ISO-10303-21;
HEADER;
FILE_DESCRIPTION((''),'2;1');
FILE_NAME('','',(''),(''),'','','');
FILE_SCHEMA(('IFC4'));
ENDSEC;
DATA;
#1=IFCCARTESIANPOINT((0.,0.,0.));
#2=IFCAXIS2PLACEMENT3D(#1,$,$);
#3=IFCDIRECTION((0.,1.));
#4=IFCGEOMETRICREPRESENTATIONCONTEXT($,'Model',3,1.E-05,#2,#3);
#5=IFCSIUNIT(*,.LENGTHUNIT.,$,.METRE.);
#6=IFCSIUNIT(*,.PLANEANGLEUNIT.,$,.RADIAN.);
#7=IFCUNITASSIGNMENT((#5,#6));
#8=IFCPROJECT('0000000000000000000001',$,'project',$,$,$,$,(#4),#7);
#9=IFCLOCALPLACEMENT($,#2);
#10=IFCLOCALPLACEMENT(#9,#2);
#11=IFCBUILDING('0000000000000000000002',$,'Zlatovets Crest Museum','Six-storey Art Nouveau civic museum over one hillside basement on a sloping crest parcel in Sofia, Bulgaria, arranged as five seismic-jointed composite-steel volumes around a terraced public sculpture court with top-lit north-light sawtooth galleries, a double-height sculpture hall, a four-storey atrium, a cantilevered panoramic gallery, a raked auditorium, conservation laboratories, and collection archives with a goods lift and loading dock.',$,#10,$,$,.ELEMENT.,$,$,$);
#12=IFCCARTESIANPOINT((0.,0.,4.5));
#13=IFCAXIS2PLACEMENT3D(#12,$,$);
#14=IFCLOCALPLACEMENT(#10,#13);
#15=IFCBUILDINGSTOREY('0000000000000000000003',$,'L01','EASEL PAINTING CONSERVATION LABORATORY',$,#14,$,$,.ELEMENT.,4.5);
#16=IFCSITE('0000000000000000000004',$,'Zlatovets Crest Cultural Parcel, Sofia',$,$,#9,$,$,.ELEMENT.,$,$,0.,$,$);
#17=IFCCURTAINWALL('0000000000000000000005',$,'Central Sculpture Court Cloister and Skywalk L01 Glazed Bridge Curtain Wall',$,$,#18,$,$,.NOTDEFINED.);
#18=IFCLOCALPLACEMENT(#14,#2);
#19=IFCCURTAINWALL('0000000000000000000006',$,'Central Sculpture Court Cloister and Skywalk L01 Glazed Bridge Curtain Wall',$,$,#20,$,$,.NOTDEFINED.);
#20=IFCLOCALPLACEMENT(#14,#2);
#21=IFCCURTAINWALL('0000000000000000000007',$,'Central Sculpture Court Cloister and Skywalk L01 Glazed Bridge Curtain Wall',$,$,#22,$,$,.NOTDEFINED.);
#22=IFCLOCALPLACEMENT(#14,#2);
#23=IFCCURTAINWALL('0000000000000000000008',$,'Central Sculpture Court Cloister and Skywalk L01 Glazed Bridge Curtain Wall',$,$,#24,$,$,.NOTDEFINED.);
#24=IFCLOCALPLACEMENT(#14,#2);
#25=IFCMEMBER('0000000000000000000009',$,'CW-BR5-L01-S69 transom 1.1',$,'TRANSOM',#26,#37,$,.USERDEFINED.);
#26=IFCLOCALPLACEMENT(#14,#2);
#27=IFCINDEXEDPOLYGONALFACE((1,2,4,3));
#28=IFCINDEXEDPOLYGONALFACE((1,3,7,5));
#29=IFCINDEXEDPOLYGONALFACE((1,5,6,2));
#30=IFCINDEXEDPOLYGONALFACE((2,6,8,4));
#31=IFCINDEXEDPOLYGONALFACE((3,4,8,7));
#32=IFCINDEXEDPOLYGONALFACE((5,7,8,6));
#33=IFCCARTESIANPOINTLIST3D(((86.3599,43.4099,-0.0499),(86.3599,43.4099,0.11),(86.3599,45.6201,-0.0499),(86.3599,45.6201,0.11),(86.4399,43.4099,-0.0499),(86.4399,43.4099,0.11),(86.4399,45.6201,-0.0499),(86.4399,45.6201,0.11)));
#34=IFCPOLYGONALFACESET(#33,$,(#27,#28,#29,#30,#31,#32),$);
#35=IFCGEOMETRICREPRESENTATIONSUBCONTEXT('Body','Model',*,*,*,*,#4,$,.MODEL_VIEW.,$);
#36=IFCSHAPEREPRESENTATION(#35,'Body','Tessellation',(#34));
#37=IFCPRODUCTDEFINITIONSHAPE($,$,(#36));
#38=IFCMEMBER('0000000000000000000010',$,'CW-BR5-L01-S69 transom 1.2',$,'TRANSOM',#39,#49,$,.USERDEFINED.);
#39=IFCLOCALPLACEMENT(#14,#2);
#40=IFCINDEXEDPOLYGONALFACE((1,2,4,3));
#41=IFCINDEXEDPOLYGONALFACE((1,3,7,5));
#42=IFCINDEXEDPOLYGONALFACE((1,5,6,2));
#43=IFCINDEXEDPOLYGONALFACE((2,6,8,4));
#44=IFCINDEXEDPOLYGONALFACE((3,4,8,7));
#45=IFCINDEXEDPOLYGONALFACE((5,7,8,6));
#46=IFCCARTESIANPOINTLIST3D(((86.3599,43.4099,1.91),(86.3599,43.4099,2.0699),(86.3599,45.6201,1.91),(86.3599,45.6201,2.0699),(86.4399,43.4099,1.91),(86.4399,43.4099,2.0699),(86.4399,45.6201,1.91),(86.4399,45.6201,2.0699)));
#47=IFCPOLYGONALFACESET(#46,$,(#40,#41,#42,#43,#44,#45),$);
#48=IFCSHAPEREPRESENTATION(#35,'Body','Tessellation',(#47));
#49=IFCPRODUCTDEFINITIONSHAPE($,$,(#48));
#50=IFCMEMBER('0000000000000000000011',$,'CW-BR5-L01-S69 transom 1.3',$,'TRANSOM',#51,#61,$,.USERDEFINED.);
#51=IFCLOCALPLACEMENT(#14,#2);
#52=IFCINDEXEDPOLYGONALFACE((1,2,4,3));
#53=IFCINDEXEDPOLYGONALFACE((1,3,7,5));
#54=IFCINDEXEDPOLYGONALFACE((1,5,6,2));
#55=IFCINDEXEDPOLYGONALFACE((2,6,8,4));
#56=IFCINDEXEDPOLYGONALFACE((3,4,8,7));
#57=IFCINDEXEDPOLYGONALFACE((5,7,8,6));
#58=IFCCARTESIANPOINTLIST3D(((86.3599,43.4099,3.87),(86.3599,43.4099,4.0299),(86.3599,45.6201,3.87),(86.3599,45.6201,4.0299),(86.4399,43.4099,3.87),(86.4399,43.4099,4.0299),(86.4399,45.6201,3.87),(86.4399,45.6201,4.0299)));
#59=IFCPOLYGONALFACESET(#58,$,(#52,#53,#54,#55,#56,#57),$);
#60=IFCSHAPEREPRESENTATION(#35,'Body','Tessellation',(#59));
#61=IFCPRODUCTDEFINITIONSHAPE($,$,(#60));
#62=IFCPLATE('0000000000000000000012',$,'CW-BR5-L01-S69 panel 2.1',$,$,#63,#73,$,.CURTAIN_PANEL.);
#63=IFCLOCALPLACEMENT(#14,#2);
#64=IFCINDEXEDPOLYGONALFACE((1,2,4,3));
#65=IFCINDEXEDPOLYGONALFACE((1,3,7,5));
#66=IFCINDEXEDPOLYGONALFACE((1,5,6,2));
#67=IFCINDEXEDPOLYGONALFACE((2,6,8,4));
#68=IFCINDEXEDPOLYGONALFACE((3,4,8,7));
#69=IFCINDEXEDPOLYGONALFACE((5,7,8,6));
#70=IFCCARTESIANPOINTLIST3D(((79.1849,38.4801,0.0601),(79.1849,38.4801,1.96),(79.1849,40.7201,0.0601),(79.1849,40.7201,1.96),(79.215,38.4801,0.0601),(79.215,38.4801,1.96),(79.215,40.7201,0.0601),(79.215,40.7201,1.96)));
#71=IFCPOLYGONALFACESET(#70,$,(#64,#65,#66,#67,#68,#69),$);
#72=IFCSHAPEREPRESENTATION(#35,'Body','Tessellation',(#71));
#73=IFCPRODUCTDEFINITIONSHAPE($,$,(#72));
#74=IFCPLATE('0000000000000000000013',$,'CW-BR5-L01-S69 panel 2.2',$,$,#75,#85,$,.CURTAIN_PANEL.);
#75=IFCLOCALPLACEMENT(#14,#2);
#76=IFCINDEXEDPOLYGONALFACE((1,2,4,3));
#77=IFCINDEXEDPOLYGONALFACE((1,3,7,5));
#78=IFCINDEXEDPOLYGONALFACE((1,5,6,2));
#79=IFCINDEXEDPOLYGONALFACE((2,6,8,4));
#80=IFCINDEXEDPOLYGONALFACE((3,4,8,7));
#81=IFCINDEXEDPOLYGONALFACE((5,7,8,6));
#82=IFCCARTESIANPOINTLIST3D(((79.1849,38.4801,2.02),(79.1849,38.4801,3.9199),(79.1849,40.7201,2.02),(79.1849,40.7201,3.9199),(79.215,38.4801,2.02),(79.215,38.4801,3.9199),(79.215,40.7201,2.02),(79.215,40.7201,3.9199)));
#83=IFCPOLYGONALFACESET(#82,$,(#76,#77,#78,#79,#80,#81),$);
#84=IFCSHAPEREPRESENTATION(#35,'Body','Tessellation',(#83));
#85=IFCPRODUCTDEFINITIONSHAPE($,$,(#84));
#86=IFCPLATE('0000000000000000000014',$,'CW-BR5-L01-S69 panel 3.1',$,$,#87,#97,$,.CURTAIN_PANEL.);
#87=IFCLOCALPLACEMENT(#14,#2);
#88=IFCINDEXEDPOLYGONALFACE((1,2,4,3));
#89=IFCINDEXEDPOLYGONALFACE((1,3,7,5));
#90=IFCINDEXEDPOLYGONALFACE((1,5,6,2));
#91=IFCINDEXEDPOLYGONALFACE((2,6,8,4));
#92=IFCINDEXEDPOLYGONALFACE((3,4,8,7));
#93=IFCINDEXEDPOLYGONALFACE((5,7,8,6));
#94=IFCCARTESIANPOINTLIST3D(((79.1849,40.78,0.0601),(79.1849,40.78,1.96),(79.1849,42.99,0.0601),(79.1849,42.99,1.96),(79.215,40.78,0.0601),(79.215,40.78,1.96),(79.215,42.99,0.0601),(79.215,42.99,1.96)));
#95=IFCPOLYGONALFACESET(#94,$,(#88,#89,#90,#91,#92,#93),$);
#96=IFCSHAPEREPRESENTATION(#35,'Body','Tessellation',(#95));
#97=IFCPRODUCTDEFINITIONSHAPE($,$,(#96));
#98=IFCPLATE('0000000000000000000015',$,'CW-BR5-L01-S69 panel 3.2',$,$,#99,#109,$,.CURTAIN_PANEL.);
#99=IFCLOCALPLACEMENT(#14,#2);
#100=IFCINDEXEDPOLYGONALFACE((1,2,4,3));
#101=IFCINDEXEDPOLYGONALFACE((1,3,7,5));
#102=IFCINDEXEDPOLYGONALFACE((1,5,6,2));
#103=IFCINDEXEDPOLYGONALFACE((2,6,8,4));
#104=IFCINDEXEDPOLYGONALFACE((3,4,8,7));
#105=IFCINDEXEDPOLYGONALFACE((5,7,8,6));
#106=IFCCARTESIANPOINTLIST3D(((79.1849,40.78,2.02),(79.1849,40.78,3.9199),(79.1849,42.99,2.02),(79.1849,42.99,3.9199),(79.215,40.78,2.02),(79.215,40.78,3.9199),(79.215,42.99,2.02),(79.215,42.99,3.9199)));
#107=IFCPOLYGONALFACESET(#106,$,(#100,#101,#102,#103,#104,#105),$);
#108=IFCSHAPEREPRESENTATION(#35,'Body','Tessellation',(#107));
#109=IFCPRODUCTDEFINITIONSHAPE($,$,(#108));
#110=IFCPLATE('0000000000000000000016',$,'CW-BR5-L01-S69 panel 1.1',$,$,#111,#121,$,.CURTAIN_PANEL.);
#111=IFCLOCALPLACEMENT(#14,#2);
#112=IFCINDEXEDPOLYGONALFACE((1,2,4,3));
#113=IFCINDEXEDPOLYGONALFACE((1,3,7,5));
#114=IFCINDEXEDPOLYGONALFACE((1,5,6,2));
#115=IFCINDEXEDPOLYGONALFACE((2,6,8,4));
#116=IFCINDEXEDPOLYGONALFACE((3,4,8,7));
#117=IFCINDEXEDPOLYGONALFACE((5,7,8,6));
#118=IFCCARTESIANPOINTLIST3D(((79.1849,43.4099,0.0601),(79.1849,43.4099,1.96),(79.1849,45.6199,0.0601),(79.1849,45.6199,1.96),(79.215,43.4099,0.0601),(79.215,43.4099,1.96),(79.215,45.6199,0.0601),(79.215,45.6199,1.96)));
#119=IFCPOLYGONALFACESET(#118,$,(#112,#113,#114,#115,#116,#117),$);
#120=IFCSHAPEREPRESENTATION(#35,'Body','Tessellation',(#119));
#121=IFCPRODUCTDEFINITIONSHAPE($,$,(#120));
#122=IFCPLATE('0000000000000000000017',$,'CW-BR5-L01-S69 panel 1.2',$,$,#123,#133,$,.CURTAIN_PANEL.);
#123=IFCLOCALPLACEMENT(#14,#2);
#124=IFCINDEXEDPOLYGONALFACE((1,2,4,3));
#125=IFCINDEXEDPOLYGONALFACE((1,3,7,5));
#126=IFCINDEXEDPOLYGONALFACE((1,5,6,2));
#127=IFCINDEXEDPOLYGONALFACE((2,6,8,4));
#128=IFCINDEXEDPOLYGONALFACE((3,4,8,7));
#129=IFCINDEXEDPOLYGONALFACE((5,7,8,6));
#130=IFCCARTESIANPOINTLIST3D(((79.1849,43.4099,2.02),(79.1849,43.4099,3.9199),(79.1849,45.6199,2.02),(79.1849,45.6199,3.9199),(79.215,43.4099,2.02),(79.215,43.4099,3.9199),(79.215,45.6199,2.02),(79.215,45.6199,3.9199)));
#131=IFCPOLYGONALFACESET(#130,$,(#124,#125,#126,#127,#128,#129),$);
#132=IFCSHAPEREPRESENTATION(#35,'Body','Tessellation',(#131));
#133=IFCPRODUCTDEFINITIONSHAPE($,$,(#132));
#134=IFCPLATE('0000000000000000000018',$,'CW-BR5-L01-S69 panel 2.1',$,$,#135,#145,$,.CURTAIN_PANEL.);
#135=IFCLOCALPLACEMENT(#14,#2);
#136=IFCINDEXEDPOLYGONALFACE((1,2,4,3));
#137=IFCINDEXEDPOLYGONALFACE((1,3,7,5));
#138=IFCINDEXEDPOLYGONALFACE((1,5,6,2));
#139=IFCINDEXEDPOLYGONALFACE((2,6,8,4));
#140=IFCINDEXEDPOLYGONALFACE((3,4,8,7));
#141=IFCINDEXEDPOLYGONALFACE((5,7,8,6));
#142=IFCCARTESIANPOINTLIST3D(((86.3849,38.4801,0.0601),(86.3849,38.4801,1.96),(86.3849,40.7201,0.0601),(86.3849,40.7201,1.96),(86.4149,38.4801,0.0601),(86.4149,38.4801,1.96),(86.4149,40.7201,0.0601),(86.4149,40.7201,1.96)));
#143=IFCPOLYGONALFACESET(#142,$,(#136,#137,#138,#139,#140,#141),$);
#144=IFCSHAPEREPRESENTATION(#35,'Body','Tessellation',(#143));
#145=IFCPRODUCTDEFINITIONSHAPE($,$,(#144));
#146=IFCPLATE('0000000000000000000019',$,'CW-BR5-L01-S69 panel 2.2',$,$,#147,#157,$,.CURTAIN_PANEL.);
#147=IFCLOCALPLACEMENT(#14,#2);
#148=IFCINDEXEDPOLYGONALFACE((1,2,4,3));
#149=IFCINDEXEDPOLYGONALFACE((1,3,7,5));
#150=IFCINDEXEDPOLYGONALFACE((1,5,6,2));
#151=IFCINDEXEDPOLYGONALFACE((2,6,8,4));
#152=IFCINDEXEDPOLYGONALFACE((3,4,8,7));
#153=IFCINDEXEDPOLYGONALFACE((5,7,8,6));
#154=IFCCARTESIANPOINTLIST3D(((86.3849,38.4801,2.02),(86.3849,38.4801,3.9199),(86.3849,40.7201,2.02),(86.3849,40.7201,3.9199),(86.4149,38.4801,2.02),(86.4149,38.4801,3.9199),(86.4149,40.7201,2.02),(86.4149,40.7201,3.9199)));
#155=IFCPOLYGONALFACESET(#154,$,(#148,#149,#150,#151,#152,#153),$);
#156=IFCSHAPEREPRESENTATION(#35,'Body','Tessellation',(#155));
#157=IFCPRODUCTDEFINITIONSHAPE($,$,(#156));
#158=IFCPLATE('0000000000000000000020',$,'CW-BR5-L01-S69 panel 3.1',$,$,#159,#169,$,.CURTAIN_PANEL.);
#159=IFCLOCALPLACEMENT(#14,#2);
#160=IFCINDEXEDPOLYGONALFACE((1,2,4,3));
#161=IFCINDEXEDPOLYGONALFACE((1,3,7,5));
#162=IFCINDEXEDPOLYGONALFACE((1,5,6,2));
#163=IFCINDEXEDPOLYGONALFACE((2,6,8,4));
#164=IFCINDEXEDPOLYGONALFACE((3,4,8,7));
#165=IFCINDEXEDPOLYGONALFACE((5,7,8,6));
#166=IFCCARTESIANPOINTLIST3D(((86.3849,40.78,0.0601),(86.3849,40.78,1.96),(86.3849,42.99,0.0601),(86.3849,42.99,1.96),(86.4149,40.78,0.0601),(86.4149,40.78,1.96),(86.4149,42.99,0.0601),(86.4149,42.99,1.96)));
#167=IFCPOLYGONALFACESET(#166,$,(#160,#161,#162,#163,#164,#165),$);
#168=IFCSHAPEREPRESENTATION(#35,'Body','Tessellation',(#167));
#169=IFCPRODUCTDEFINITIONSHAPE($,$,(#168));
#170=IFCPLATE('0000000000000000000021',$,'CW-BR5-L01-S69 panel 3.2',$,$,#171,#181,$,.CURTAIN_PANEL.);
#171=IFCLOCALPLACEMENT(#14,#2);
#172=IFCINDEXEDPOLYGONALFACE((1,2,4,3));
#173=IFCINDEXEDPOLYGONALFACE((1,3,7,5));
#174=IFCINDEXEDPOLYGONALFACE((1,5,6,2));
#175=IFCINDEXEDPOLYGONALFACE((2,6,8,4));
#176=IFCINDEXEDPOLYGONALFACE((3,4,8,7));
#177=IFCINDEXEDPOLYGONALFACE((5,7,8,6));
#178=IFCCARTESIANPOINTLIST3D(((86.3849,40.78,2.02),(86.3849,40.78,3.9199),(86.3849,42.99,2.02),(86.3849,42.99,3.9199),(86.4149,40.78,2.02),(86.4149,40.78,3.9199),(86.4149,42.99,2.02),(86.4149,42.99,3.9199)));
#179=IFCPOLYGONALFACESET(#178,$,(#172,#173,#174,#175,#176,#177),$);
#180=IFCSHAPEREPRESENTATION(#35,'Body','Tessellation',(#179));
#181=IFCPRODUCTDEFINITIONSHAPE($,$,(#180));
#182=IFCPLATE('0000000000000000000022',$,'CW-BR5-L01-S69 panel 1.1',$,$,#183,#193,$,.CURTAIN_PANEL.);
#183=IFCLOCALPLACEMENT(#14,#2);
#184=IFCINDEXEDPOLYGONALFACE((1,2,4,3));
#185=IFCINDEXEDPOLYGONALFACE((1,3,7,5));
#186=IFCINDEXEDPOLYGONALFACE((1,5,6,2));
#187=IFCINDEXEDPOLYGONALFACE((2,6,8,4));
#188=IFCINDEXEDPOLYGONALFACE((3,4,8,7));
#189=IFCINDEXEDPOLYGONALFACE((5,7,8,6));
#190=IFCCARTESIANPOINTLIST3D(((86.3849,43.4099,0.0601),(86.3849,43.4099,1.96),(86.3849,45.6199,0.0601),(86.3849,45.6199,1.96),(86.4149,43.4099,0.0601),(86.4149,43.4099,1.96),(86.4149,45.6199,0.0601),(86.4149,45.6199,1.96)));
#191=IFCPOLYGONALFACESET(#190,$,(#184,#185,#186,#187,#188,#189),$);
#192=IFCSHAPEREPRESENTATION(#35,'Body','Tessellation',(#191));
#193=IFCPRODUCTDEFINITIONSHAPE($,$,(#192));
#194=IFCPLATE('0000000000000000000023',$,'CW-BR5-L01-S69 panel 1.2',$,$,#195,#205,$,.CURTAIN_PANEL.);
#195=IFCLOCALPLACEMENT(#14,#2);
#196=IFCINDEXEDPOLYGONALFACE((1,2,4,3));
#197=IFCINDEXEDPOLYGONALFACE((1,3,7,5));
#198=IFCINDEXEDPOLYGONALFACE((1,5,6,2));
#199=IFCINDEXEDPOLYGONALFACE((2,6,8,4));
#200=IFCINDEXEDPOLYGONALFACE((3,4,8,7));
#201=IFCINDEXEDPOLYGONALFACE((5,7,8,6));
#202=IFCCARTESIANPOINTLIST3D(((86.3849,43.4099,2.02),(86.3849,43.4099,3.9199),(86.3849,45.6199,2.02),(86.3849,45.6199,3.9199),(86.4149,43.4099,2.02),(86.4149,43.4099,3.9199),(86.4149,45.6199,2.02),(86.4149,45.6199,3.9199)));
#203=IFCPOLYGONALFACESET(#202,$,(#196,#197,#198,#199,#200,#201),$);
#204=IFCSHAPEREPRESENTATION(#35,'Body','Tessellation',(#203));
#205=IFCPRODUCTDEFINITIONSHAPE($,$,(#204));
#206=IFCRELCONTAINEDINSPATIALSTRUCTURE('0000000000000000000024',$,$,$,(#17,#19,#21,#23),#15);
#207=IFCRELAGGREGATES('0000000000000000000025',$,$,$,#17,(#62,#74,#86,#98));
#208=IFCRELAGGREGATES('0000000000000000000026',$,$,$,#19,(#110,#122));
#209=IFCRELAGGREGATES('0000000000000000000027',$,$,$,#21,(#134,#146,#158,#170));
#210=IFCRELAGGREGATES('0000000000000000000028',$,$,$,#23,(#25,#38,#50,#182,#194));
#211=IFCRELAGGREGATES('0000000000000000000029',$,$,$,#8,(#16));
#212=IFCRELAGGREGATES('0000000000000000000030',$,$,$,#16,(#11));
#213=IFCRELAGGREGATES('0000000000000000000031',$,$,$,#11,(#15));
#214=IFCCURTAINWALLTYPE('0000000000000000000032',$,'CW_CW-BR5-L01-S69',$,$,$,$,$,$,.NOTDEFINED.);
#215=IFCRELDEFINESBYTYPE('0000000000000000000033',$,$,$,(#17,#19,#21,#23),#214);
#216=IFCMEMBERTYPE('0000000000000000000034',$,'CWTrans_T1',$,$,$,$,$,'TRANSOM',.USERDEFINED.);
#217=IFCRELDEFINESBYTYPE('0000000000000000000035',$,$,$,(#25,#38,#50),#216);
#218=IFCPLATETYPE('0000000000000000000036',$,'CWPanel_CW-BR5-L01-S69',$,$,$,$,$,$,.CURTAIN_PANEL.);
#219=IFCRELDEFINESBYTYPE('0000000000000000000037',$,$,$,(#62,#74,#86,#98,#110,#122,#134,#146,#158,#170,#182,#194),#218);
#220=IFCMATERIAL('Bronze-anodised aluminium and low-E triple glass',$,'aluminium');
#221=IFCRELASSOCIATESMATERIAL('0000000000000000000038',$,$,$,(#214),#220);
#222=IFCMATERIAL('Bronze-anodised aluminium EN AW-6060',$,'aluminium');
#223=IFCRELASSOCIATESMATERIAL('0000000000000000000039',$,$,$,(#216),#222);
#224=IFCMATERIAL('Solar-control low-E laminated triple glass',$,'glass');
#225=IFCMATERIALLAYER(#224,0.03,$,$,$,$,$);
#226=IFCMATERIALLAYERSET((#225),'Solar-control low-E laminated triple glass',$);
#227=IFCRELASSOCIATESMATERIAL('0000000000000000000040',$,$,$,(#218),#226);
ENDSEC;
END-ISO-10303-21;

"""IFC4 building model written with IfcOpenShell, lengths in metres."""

from ifc_helpers import new_model, si_unit, direction, frame, origin, origin_2d, place, context, subcontext, project, spatial, rectangle, extrude, material, layer, layer_set, material_profile, profile_set, type_object, element, aggregate, save


model = new_model("IFC4")

# Units and contexts
model_context = context("Model", 3, precision=1e-05, world=origin(), true_north=direction((0.0, 1.0)))
body_context = subcontext(model_context, "Body", "Model", "MODEL_VIEW")
ifc_project = project(units=[si_unit("LENGTHUNIT", "METRE"), si_unit("PLANEANGLEUNIT", "RADIAN")], contexts=[model_context])

# Site, building, storey
site_placement = place(None, origin())
site = spatial("IfcSite", under=ifc_project, at=site_placement, Name="Zlatovets Crest Cultural Parcel, Sofia", CompositionType="ELEMENT", RefElevation=0.0)
building_placement = place(site_placement, origin())
building = spatial("IfcBuilding", under=site, at=building_placement, Name="Zlatovets Crest Museum", Description="Six-storey Art Nouveau civic museum over one hillside basement on a sloping crest parcel in Sofia, Bulgaria, arranged as five seismic-jointed composite-steel volumes around a terraced public sculpture court with top-lit north-light sawtooth galleries, a double-height sculpture hall, a four-storey atrium, a cantilevered panoramic gallery, a raked auditorium, conservation laboratories, and collection archives with a goods lift and loading dock.", CompositionType="ELEMENT")
storey_placement = place(building_placement, frame((0.0, 0.0, 4.5)))
storey = spatial("IfcBuildingStorey", under=building, at=storey_placement, Name="L01", Description="EASEL PAINTING CONSERVATION LABORATORY", CompositionType="ELEMENT", Elevation=4.5)

# Curtain walls
ifc_material_1 = material(Name="Bronze-anodised aluminium and low-E triple glass", Category="aluminium")
curtain_wall_type = type_object("IfcCurtainWallType", Name="CW_CW-BR5-L01-S69", PredefinedType="NOTDEFINED", material=ifc_material_1)
curtain_wall_1_placement = place(storey_placement, origin())
curtain_wall_1 = element("IfcCurtainWall", 1, at=curtain_wall_1_placement, inside=storey, type_object=curtain_wall_type, Name="Central Sculpture Court Cloister and Skywalk L01 Glazed Bridge Curtain Wall", PredefinedType="NOTDEFINED")
ifc_material_2 = material(Name="Bronze-anodised aluminium EN AW-6060", Category="aluminium")
curtain_wall_2_placement = place(storey_placement, origin())
curtain_wall_2 = element("IfcCurtainWall", 2, at=curtain_wall_2_placement, inside=storey, type_object=curtain_wall_type, Name="Central Sculpture Court Cloister and Skywalk L01 Glazed Bridge Curtain Wall", PredefinedType="NOTDEFINED")
curtain_wall_3_placement = place(storey_placement, origin())
curtain_wall_3 = element("IfcCurtainWall", 3, at=curtain_wall_3_placement, inside=storey, type_object=curtain_wall_type, Name="Central Sculpture Court Cloister and Skywalk L01 Glazed Bridge Curtain Wall", PredefinedType="NOTDEFINED")
curtain_wall_4_placement = place(storey_placement, origin())
curtain_wall_4 = element("IfcCurtainWall", 4, at=curtain_wall_4_placement, inside=storey, type_object=curtain_wall_type, Name="Central Sculpture Court Cloister and Skywalk L01 Glazed Bridge Curtain Wall", PredefinedType="NOTDEFINED")

# Members
ifc_material_profile_1 = material_profile(ifc_material_2, rectangle(XDim=0.0801, YDim=0.1599, at=origin_2d()), Name="ALU 80x160")
ifc_profile_set_1 = profile_set([ifc_material_profile_1], Name="Bronze-anodised aluminium EN AW-6060")
member_type_1 = type_object("IfcMemberType", Name="CWTrans_T1", ElementType="TRANSOM", PredefinedType="USERDEFINED", material=ifc_profile_set_1)
member_1_placement = place(storey_placement, frame((86.3999, 43.4099, 0.03), z_axis=(0.0, 1.0, 0.0), x_axis=(-1.0, 0.0, 0.0)))
member_1 = element("IfcMember", 5, at=member_1_placement, type_object=member_type_1, Name="CW-BR5-L01-S69 transom 1.1", ObjectType="TRANSOM", PredefinedType="USERDEFINED", context=body_context, shape_type="SweptSolid", body=[
    extrude(rectangle(XDim=0.0801, YDim=0.1599, at=origin_2d()), origin(), (0.0, 0.0, 1.0), 2.2102),
])
member_2_placement = place(storey_placement, frame((86.3999, 43.4099, 1.99), z_axis=(0.0, 1.0, 0.0), x_axis=(-1.0, 0.0, 0.0)))
member_2 = element("IfcMember", 6, at=member_2_placement, type_object=member_type_1, Name="CW-BR5-L01-S69 transom 1.2", ObjectType="TRANSOM", PredefinedType="USERDEFINED", context=body_context, shape_type="SweptSolid", body=[
    extrude(rectangle(XDim=0.0801, YDim=0.1599, at=origin_2d()), origin(), (0.0, 0.0, 1.0), 2.2102),
])
member_3_placement = place(storey_placement, frame((86.3999, 43.4099, 3.95), z_axis=(0.0, 1.0, 0.0), x_axis=(-1.0, 0.0, 0.0)))
member_3 = element("IfcMember", 7, at=member_3_placement, type_object=member_type_1, Name="CW-BR5-L01-S69 transom 1.3", ObjectType="TRANSOM", PredefinedType="USERDEFINED", context=body_context, shape_type="SweptSolid", body=[
    extrude(rectangle(XDim=0.0801, YDim=0.1599, at=origin_2d()), origin(), (0.0, 0.0, 1.0), 2.2102),
])

# Plates
ifc_material_3 = material(Name="Solar-control low-E laminated triple glass", Category="glass")
ifc_layer = layer(ifc_material_3, 0.03)
ifc_layer_set = layer_set([ifc_layer], Name="Solar-control low-E laminated triple glass")
plate_type = type_object("IfcPlateType", Name="CWPanel_CW-BR5-L01-S69", PredefinedType="CURTAIN_PANEL", material=ifc_layer_set)
plate_1_placement = place(storey_placement, frame((79.2, 39.6001, 0.0601), z_axis=(0.0, 0.0, 1.0), x_axis=(0.0, 1.0, 0.0)))
plate_1 = element("IfcPlate", 8, at=plate_1_placement, type_object=plate_type, Name="CW-BR5-L01-S69 panel 2.1", PredefinedType="CURTAIN_PANEL", context=body_context, shape_type="SweptSolid", body=[
    extrude(rectangle(XDim=2.24, YDim=0.03, at=origin_2d()), origin(), (0.0, 0.0, 1.0), 1.8999),
])
plate_2_placement = place(storey_placement, frame((79.2, 39.6001, 2.02), z_axis=(0.0, 0.0, 1.0), x_axis=(0.0, 1.0, 0.0)))
plate_2 = element("IfcPlate", 9, at=plate_2_placement, type_object=plate_type, Name="CW-BR5-L01-S69 panel 2.2", PredefinedType="CURTAIN_PANEL", context=body_context, shape_type="SweptSolid", body=[
    extrude(rectangle(XDim=2.24, YDim=0.03, at=origin_2d()), origin(), (0.0, 0.0, 1.0), 1.8999),
])
plate_3_placement = place(storey_placement, frame((79.2, 41.885, 0.0601), z_axis=(0.0, 0.0, 1.0), x_axis=(0.0, 1.0, 0.0)))
plate_3 = element("IfcPlate", 10, at=plate_3_placement, type_object=plate_type, Name="CW-BR5-L01-S69 panel 3.1", PredefinedType="CURTAIN_PANEL", context=body_context, shape_type="SweptSolid", body=[
    extrude(rectangle(XDim=2.21, YDim=0.03, at=origin_2d()), origin(), (0.0, 0.0, 1.0), 1.8999),
])
plate_4_placement = place(storey_placement, frame((79.2, 41.885, 2.02), z_axis=(0.0, 0.0, 1.0), x_axis=(0.0, 1.0, 0.0)))
plate_4 = element("IfcPlate", 11, at=plate_4_placement, type_object=plate_type, Name="CW-BR5-L01-S69 panel 3.2", PredefinedType="CURTAIN_PANEL", context=body_context, shape_type="SweptSolid", body=[
    extrude(rectangle(XDim=2.21, YDim=0.03, at=origin_2d()), origin(), (0.0, 0.0, 1.0), 1.8999),
])
aggregate(curtain_wall_1, [plate_1, plate_2, plate_3, plate_4])
plate_5_placement = place(storey_placement, frame((79.2, 44.5149, 0.0601), z_axis=(0.0, 0.0, 1.0), x_axis=(0.0, 1.0, 0.0)))
plate_5 = element("IfcPlate", 12, at=plate_5_placement, type_object=plate_type, Name="CW-BR5-L01-S69 panel 1.1", PredefinedType="CURTAIN_PANEL", context=body_context, shape_type="SweptSolid", body=[
    extrude(rectangle(XDim=2.21, YDim=0.03, at=origin_2d()), origin(), (0.0, 0.0, 1.0), 1.8999),
])
plate_6_placement = place(storey_placement, frame((79.2, 44.5149, 2.02), z_axis=(0.0, 0.0, 1.0), x_axis=(0.0, 1.0, 0.0)))
plate_6 = element("IfcPlate", 13, at=plate_6_placement, type_object=plate_type, Name="CW-BR5-L01-S69 panel 1.2", PredefinedType="CURTAIN_PANEL", context=body_context, shape_type="SweptSolid", body=[
    extrude(rectangle(XDim=2.21, YDim=0.03, at=origin_2d()), origin(), (0.0, 0.0, 1.0), 1.8999),
])
aggregate(curtain_wall_2, [plate_5, plate_6])
plate_7_placement = place(storey_placement, frame((86.3999, 39.6001, 0.0601), z_axis=(0.0, 0.0, 1.0), x_axis=(0.0, 1.0, 0.0)))
plate_7 = element("IfcPlate", 14, at=plate_7_placement, type_object=plate_type, Name="CW-BR5-L01-S69 panel 2.1", PredefinedType="CURTAIN_PANEL", context=body_context, shape_type="SweptSolid", body=[
    extrude(rectangle(XDim=2.24, YDim=0.03, at=origin_2d()), origin(), (0.0, 0.0, 1.0), 1.8999),
])
plate_8_placement = place(storey_placement, frame((86.3999, 39.6001, 2.02), z_axis=(0.0, 0.0, 1.0), x_axis=(0.0, 1.0, 0.0)))
plate_8 = element("IfcPlate", 15, at=plate_8_placement, type_object=plate_type, Name="CW-BR5-L01-S69 panel 2.2", PredefinedType="CURTAIN_PANEL", context=body_context, shape_type="SweptSolid", body=[
    extrude(rectangle(XDim=2.24, YDim=0.03, at=origin_2d()), origin(), (0.0, 0.0, 1.0), 1.8999),
])
plate_9_placement = place(storey_placement, frame((86.3999, 41.885, 0.0601), z_axis=(0.0, 0.0, 1.0), x_axis=(0.0, 1.0, 0.0)))
plate_9 = element("IfcPlate", 16, at=plate_9_placement, type_object=plate_type, Name="CW-BR5-L01-S69 panel 3.1", PredefinedType="CURTAIN_PANEL", context=body_context, shape_type="SweptSolid", body=[
    extrude(rectangle(XDim=2.21, YDim=0.03, at=origin_2d()), origin(), (0.0, 0.0, 1.0), 1.8999),
])
plate_10_placement = place(storey_placement, frame((86.3999, 41.885, 2.02), z_axis=(0.0, 0.0, 1.0), x_axis=(0.0, 1.0, 0.0)))
plate_10 = element("IfcPlate", 17, at=plate_10_placement, type_object=plate_type, Name="CW-BR5-L01-S69 panel 3.2", PredefinedType="CURTAIN_PANEL", context=body_context, shape_type="SweptSolid", body=[
    extrude(rectangle(XDim=2.21, YDim=0.03, at=origin_2d()), origin(), (0.0, 0.0, 1.0), 1.8999),
])
aggregate(curtain_wall_3, [plate_7, plate_8, plate_9, plate_10])
plate_11_placement = place(storey_placement, frame((86.3999, 44.5149, 0.0601), z_axis=(0.0, 0.0, 1.0), x_axis=(0.0, 1.0, 0.0)))
plate_11 = element("IfcPlate", 18, at=plate_11_placement, type_object=plate_type, Name="CW-BR5-L01-S69 panel 1.1", PredefinedType="CURTAIN_PANEL", context=body_context, shape_type="SweptSolid", body=[
    extrude(rectangle(XDim=2.21, YDim=0.03, at=origin_2d()), origin(), (0.0, 0.0, 1.0), 1.8999),
])
plate_12_placement = place(storey_placement, frame((86.3999, 44.5149, 2.02), z_axis=(0.0, 0.0, 1.0), x_axis=(0.0, 1.0, 0.0)))
plate_12 = element("IfcPlate", 19, at=plate_12_placement, type_object=plate_type, Name="CW-BR5-L01-S69 panel 1.2", PredefinedType="CURTAIN_PANEL", context=body_context, shape_type="SweptSolid", body=[
    extrude(rectangle(XDim=2.21, YDim=0.03, at=origin_2d()), origin(), (0.0, 0.0, 1.0), 1.8999),
])
aggregate(curtain_wall_4, [member_1, member_2, member_3, plate_11, plate_12])

save(model, "model.ifc")
